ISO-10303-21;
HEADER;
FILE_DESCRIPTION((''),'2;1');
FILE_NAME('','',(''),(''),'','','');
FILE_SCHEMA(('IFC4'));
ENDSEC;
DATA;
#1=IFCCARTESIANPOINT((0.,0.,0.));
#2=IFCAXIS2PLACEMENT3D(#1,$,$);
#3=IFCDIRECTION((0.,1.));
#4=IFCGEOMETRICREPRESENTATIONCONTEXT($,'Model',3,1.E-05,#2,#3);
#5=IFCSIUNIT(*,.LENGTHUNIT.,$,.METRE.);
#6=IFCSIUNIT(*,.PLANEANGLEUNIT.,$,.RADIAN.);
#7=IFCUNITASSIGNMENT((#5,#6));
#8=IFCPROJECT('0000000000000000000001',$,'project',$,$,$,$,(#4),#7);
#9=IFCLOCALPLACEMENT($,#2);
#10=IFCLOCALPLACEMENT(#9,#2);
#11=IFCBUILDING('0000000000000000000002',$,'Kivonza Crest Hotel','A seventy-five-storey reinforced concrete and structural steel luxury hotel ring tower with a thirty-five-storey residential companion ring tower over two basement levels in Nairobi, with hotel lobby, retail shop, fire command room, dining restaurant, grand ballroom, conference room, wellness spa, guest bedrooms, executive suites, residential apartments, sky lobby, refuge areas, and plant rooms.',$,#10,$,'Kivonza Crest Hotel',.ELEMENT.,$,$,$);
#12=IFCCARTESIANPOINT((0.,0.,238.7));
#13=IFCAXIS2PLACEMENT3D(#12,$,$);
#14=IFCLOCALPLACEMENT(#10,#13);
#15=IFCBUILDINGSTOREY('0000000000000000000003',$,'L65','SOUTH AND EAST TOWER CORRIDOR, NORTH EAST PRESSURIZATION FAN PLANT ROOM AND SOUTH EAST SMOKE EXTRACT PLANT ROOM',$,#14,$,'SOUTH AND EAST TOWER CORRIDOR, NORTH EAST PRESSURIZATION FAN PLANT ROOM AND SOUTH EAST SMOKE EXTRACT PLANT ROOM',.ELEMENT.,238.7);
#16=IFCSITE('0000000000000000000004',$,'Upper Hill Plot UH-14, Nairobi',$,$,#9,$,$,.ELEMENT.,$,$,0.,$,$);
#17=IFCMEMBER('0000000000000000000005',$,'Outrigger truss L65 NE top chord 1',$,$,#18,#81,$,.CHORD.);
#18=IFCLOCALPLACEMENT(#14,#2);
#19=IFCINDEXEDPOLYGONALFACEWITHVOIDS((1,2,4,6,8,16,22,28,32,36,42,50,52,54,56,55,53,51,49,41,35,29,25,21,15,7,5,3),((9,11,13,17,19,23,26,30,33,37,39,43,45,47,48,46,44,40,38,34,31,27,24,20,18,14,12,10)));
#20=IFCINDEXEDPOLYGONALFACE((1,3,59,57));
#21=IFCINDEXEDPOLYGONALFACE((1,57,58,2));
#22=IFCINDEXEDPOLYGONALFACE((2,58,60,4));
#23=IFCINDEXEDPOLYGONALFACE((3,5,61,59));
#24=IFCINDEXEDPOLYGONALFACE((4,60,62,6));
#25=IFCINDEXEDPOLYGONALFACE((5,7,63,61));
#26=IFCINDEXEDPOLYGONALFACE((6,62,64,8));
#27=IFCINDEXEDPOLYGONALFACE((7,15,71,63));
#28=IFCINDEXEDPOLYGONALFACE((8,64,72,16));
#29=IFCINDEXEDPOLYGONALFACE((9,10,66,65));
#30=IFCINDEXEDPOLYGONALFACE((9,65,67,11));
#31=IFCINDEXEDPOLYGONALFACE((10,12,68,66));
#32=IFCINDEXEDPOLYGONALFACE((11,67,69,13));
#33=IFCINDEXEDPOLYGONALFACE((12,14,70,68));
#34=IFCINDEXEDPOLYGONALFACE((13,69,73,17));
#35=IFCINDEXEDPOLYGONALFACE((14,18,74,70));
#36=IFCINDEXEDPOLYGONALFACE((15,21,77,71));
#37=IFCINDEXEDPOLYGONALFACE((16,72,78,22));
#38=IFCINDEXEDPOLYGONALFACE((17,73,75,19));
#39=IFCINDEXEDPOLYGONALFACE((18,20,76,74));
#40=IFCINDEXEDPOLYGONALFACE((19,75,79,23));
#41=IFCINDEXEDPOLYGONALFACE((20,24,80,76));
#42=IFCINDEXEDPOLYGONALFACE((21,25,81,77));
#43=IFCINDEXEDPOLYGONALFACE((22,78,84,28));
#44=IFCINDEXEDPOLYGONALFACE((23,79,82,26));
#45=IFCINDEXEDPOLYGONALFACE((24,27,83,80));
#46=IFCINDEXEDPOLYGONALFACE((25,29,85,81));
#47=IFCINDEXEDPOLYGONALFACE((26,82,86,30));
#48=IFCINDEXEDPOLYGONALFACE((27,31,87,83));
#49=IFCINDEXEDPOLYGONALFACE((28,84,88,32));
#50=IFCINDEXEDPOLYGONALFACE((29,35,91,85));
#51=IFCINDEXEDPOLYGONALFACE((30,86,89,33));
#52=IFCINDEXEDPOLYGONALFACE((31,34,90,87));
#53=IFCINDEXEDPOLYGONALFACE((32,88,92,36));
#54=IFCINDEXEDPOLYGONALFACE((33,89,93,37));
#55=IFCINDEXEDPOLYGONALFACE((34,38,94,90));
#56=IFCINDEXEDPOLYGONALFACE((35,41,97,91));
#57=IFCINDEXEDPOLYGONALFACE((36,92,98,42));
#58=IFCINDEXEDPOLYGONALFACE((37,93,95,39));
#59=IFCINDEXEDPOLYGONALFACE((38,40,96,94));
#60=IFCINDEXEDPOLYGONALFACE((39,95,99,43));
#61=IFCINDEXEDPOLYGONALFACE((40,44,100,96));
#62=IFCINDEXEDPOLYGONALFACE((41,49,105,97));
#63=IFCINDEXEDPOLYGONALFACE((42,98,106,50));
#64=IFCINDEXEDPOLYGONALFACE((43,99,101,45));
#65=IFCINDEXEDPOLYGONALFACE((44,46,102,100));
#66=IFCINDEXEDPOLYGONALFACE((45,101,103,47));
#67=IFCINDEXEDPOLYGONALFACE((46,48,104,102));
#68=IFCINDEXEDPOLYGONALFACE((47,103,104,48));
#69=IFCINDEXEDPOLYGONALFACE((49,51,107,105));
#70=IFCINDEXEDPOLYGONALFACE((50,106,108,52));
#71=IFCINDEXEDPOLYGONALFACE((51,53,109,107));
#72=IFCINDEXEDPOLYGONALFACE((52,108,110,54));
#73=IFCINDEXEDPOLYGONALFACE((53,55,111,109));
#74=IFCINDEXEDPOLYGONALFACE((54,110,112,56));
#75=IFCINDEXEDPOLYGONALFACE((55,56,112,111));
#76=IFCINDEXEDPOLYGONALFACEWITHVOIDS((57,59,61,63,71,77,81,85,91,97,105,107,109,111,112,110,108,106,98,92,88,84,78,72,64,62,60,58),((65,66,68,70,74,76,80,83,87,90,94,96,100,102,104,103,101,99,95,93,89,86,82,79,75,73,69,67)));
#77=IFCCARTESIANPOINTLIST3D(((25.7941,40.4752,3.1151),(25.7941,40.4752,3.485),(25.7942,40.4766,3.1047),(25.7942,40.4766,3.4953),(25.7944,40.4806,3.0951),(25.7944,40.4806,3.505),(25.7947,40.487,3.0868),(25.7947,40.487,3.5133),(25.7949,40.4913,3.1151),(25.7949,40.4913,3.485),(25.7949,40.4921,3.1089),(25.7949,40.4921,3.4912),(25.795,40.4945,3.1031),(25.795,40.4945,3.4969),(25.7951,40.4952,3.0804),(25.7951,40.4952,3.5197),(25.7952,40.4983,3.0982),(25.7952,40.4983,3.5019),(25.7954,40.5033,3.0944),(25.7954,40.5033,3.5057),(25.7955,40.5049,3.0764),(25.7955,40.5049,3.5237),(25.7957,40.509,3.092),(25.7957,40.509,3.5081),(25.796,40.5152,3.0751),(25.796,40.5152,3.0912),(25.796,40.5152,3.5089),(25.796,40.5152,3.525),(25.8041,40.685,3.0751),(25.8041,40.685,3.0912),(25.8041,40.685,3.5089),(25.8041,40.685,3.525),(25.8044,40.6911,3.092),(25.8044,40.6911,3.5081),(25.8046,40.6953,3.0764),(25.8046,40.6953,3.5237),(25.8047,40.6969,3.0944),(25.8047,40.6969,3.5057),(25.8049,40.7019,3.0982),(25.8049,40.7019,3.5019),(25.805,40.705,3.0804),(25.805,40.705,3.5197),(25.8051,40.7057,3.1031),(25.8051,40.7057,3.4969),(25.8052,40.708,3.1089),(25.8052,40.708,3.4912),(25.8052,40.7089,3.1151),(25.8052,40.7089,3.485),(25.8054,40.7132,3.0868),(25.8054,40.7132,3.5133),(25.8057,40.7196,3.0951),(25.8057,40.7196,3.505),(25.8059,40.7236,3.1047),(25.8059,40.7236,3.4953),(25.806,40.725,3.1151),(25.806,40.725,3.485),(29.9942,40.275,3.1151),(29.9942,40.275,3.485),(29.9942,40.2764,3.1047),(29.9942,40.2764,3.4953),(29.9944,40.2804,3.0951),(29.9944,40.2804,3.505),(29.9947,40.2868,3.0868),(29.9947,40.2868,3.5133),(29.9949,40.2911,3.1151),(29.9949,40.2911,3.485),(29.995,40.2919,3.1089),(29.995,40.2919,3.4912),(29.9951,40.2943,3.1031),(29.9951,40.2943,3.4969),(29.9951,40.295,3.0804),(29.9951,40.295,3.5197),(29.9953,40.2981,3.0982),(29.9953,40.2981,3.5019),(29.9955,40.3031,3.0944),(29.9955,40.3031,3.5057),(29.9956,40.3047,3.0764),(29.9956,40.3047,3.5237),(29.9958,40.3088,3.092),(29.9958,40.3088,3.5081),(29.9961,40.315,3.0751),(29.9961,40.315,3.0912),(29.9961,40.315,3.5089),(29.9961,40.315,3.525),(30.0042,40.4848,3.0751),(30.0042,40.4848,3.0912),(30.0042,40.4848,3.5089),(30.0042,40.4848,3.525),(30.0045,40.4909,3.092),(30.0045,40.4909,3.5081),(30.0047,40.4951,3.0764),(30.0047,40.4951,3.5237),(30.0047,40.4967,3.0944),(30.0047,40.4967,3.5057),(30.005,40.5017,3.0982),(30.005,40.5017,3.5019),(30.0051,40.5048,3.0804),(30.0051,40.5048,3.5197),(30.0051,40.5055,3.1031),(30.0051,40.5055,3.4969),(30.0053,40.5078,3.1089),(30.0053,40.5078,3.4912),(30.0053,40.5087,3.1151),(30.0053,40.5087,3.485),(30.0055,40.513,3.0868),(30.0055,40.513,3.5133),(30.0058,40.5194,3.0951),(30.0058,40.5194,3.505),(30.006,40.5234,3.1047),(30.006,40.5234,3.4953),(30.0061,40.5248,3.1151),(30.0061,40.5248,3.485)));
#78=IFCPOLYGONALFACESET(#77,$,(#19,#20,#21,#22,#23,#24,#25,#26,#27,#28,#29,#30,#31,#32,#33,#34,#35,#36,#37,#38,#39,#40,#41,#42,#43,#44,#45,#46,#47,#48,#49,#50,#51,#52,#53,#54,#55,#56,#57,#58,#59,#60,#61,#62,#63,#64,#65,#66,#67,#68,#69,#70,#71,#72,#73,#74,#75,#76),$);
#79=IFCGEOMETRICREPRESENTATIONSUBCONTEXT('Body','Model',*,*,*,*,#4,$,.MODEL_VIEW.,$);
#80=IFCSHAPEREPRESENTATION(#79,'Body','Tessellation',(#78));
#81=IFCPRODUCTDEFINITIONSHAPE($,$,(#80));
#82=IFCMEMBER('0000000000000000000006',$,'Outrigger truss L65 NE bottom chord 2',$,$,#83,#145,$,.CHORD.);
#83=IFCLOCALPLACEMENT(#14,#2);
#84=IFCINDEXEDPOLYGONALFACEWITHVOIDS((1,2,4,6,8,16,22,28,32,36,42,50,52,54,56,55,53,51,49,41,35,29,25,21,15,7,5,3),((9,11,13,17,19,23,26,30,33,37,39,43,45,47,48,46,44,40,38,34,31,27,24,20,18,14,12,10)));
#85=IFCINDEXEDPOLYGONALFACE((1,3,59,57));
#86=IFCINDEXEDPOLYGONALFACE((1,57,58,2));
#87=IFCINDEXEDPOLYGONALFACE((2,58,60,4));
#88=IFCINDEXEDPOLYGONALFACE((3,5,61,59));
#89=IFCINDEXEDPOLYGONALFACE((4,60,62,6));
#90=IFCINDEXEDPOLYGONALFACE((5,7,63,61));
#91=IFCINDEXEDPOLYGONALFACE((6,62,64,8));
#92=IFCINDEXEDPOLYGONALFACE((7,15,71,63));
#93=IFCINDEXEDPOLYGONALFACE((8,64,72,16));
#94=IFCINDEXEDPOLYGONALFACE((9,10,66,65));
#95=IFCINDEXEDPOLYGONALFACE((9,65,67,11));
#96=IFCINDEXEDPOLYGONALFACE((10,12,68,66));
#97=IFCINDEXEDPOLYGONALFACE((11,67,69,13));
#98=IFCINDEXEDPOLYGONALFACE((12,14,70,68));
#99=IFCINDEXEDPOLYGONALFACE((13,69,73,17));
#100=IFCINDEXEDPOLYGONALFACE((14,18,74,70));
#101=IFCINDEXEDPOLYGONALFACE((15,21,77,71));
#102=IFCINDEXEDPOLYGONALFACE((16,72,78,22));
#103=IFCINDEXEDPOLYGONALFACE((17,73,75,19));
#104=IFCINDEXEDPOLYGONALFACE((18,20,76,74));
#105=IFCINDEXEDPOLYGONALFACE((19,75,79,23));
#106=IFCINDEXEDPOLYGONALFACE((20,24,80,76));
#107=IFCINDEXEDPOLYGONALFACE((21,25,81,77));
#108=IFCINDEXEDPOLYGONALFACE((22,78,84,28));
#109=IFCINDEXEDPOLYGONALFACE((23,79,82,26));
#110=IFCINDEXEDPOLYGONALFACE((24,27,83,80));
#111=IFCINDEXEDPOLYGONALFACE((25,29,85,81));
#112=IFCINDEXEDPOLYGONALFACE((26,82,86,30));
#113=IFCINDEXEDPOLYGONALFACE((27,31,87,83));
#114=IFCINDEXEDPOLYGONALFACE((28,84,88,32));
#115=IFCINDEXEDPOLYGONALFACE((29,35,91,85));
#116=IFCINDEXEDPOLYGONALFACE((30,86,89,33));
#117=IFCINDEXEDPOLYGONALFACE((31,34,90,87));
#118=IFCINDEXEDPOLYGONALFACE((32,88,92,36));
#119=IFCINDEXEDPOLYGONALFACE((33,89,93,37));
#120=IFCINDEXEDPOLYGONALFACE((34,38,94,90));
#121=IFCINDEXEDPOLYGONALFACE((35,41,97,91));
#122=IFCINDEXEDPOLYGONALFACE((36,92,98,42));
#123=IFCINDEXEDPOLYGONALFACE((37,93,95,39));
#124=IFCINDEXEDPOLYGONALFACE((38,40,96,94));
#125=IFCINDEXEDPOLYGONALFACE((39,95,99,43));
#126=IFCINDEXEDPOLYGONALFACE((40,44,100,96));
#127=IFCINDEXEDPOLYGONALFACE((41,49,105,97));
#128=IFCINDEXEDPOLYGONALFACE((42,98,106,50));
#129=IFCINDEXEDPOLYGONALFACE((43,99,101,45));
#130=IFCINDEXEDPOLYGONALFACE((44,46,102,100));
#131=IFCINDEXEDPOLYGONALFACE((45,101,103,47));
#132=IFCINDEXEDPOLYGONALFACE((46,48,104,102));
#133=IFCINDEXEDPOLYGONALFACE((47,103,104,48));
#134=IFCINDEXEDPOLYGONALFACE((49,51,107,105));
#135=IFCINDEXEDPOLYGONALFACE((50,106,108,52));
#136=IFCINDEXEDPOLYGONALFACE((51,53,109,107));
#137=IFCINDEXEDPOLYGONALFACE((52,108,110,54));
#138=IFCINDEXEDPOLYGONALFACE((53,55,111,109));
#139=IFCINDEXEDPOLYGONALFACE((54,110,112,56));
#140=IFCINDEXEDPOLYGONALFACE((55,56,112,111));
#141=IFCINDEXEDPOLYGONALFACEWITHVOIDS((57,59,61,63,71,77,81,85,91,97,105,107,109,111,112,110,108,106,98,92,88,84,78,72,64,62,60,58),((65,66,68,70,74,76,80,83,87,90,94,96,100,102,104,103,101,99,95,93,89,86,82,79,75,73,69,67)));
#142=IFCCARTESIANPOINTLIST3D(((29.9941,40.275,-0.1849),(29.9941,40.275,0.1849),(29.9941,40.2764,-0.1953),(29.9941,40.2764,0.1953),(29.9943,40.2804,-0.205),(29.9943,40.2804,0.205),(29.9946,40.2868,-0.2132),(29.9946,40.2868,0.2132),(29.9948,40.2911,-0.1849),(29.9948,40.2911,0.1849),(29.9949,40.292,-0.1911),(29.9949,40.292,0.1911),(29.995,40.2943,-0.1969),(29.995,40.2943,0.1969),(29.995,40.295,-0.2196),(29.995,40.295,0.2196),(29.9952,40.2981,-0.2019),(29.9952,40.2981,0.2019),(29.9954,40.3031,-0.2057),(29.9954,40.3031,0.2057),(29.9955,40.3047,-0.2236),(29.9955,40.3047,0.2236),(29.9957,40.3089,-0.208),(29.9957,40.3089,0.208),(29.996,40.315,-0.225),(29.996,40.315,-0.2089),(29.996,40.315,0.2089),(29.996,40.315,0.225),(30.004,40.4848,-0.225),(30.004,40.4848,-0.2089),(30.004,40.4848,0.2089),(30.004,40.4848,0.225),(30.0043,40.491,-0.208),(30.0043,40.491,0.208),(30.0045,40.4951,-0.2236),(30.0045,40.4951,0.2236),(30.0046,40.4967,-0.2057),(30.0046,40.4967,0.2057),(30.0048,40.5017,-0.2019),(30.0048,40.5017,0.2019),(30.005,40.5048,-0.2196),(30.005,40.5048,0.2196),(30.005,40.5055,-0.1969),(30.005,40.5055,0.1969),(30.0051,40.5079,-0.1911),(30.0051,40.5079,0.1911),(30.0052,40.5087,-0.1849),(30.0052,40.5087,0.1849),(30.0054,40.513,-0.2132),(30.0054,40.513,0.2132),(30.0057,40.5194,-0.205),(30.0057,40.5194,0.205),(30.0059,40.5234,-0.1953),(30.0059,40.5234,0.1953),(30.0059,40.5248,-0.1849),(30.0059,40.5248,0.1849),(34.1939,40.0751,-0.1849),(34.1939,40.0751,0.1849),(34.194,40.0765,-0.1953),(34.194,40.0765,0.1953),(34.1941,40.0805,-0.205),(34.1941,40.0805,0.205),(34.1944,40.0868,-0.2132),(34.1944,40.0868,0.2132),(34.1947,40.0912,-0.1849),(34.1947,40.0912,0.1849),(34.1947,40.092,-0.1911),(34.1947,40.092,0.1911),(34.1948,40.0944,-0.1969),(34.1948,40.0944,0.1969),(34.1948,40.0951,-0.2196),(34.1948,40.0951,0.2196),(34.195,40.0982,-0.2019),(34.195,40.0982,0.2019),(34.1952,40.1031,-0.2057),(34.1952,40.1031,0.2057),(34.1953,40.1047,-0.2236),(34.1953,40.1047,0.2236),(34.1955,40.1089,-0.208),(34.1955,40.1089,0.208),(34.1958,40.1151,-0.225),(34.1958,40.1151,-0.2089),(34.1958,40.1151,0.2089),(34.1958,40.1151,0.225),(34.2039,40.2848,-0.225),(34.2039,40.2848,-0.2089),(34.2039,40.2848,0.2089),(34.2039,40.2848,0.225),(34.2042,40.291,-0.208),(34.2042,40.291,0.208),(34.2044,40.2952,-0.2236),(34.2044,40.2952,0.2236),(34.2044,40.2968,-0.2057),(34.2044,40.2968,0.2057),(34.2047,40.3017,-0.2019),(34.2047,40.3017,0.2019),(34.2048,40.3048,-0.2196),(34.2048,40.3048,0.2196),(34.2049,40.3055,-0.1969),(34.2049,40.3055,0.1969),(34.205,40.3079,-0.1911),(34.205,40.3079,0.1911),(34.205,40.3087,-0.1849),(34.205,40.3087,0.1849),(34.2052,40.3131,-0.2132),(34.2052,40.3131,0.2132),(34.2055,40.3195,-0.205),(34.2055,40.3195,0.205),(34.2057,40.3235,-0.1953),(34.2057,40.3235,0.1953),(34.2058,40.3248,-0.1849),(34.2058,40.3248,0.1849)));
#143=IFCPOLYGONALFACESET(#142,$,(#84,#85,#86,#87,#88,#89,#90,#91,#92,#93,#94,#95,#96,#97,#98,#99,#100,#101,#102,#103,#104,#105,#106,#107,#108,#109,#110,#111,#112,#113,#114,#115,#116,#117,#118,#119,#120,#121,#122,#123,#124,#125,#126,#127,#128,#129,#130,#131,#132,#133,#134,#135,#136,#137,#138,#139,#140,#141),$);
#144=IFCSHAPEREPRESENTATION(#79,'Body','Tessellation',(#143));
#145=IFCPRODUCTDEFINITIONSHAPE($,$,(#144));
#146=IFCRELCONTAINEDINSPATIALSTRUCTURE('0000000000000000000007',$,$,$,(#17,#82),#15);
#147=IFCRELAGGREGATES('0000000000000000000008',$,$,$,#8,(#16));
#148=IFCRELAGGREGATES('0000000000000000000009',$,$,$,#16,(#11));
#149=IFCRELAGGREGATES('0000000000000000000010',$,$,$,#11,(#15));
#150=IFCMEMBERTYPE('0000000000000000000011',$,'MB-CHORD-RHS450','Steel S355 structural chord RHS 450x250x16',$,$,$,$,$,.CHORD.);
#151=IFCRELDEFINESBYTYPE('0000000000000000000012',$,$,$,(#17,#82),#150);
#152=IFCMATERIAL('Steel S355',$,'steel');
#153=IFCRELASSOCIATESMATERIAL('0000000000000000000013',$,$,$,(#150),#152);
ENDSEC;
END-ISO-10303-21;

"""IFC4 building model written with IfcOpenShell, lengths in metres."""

from ifc_helpers import new_model, si_unit, direction, frame, origin, origin_2d, place, context, subcontext, project, spatial, hollow_rectangle, extrude, material, material_profile, profile_set, type_object, element, save


model = new_model("IFC4")

# Units and contexts
model_context = context("Model", 3, precision=1e-05, world=origin(), true_north=direction((0.0, 1.0)))
body_context = subcontext(model_context, "Body", "Model", "MODEL_VIEW")
ifc_project = project(units=[si_unit("LENGTHUNIT", "METRE"), si_unit("PLANEANGLEUNIT", "RADIAN")], contexts=[model_context])

# Site, building, storey
site_placement = place(None, origin())
site = spatial("IfcSite", under=ifc_project, at=site_placement, Name="Upper Hill Plot UH-14, Nairobi", CompositionType="ELEMENT", RefElevation=0.0)
building_placement = place(site_placement, origin())
building = spatial("IfcBuilding", under=site, at=building_placement, Name="Kivonza Crest Hotel", Description="A seventy-five-storey reinforced concrete and structural steel luxury hotel ring tower with a thirty-five-storey residential companion ring tower over two basement levels in Nairobi, with hotel lobby, retail shop, fire command room, dining restaurant, grand ballroom, conference room, wellness spa, guest bedrooms, executive suites, residential apartments, sky lobby, refuge areas, and plant rooms.", LongName="Kivonza Crest Hotel", CompositionType="ELEMENT")
storey_placement = place(building_placement, frame((0.0, 0.0, 238.7)))
storey = spatial("IfcBuildingStorey", under=building, at=storey_placement, Name="L65", Description="SOUTH AND EAST TOWER CORRIDOR, NORTH EAST PRESSURIZATION FAN PLANT ROOM AND SOUTH EAST SMOKE EXTRACT PLANT ROOM", LongName="SOUTH AND EAST TOWER CORRIDOR, NORTH EAST PRESSURIZATION FAN PLANT ROOM AND SOUTH EAST SMOKE EXTRACT PLANT ROOM", CompositionType="ELEMENT", Elevation=238.7)

# Shared definitions
ifc_material_1 = material(Name="Steel S355", Category="steel")

# Members
ifc_material_profile_1 = material_profile(ifc_material_1, hollow_rectangle(XDim=0.25, YDim=0.45, WallThickness=0.0161, InnerFilletRadius=0.0239, OuterFilletRadius=0.04, at=origin_2d()), Name="RHS 450x250x16")
ifc_profile_set_1 = profile_set([ifc_material_profile_1], Name="Steel S355")
member_type_1 = type_object("IfcMemberType", Name="MB-CHORD-RHS450", Description="Steel S355 structural chord RHS 450x250x16", PredefinedType="CHORD", material=ifc_profile_set_1)
for number, where, z_axis, x_axis, name in (
    (1, (25.8, 40.6001, 3.3), (0.998866, -0.047612, 0.0), (0.047612, 0.998866, 0.0), "Outrigger truss L65 NE top chord 1"),
):
    element("IfcMember", number, at=place(storey_placement, frame(where, z_axis=z_axis, x_axis=x_axis)), inside=storey, type_object=member_type_1, Name=name, PredefinedType="CHORD", context=body_context, shape_type="SweptSolid", body=[
        extrude(hollow_rectangle(XDim=0.25, YDim=0.45, WallThickness=0.0161, InnerFilletRadius=0.0239, OuterFilletRadius=0.04, at=origin_2d()), origin(), (0.0, 0.0, 1.0), 4.2048),
    ])
for number, where, z_axis, x_axis, name in (
    (2, (30.0, 40.3999, 0.0), (0.998869, -0.047554, 0.0), (0.047554, 0.998869, 0.0), "Outrigger truss L65 NE bottom chord 2"),
):
    element("IfcMember", number, at=place(storey_placement, frame(where, z_axis=z_axis, x_axis=x_axis)), inside=storey, type_object=member_type_1, Name=name, PredefinedType="CHORD", context=body_context, shape_type="SweptSolid", body=[
        extrude(hollow_rectangle(XDim=0.25, YDim=0.45, WallThickness=0.0161, InnerFilletRadius=0.0239, OuterFilletRadius=0.04, at=origin_2d()), origin(), (0.0, 0.0, 1.0), 4.2046),
    ])

save(model, "model.ifc")
